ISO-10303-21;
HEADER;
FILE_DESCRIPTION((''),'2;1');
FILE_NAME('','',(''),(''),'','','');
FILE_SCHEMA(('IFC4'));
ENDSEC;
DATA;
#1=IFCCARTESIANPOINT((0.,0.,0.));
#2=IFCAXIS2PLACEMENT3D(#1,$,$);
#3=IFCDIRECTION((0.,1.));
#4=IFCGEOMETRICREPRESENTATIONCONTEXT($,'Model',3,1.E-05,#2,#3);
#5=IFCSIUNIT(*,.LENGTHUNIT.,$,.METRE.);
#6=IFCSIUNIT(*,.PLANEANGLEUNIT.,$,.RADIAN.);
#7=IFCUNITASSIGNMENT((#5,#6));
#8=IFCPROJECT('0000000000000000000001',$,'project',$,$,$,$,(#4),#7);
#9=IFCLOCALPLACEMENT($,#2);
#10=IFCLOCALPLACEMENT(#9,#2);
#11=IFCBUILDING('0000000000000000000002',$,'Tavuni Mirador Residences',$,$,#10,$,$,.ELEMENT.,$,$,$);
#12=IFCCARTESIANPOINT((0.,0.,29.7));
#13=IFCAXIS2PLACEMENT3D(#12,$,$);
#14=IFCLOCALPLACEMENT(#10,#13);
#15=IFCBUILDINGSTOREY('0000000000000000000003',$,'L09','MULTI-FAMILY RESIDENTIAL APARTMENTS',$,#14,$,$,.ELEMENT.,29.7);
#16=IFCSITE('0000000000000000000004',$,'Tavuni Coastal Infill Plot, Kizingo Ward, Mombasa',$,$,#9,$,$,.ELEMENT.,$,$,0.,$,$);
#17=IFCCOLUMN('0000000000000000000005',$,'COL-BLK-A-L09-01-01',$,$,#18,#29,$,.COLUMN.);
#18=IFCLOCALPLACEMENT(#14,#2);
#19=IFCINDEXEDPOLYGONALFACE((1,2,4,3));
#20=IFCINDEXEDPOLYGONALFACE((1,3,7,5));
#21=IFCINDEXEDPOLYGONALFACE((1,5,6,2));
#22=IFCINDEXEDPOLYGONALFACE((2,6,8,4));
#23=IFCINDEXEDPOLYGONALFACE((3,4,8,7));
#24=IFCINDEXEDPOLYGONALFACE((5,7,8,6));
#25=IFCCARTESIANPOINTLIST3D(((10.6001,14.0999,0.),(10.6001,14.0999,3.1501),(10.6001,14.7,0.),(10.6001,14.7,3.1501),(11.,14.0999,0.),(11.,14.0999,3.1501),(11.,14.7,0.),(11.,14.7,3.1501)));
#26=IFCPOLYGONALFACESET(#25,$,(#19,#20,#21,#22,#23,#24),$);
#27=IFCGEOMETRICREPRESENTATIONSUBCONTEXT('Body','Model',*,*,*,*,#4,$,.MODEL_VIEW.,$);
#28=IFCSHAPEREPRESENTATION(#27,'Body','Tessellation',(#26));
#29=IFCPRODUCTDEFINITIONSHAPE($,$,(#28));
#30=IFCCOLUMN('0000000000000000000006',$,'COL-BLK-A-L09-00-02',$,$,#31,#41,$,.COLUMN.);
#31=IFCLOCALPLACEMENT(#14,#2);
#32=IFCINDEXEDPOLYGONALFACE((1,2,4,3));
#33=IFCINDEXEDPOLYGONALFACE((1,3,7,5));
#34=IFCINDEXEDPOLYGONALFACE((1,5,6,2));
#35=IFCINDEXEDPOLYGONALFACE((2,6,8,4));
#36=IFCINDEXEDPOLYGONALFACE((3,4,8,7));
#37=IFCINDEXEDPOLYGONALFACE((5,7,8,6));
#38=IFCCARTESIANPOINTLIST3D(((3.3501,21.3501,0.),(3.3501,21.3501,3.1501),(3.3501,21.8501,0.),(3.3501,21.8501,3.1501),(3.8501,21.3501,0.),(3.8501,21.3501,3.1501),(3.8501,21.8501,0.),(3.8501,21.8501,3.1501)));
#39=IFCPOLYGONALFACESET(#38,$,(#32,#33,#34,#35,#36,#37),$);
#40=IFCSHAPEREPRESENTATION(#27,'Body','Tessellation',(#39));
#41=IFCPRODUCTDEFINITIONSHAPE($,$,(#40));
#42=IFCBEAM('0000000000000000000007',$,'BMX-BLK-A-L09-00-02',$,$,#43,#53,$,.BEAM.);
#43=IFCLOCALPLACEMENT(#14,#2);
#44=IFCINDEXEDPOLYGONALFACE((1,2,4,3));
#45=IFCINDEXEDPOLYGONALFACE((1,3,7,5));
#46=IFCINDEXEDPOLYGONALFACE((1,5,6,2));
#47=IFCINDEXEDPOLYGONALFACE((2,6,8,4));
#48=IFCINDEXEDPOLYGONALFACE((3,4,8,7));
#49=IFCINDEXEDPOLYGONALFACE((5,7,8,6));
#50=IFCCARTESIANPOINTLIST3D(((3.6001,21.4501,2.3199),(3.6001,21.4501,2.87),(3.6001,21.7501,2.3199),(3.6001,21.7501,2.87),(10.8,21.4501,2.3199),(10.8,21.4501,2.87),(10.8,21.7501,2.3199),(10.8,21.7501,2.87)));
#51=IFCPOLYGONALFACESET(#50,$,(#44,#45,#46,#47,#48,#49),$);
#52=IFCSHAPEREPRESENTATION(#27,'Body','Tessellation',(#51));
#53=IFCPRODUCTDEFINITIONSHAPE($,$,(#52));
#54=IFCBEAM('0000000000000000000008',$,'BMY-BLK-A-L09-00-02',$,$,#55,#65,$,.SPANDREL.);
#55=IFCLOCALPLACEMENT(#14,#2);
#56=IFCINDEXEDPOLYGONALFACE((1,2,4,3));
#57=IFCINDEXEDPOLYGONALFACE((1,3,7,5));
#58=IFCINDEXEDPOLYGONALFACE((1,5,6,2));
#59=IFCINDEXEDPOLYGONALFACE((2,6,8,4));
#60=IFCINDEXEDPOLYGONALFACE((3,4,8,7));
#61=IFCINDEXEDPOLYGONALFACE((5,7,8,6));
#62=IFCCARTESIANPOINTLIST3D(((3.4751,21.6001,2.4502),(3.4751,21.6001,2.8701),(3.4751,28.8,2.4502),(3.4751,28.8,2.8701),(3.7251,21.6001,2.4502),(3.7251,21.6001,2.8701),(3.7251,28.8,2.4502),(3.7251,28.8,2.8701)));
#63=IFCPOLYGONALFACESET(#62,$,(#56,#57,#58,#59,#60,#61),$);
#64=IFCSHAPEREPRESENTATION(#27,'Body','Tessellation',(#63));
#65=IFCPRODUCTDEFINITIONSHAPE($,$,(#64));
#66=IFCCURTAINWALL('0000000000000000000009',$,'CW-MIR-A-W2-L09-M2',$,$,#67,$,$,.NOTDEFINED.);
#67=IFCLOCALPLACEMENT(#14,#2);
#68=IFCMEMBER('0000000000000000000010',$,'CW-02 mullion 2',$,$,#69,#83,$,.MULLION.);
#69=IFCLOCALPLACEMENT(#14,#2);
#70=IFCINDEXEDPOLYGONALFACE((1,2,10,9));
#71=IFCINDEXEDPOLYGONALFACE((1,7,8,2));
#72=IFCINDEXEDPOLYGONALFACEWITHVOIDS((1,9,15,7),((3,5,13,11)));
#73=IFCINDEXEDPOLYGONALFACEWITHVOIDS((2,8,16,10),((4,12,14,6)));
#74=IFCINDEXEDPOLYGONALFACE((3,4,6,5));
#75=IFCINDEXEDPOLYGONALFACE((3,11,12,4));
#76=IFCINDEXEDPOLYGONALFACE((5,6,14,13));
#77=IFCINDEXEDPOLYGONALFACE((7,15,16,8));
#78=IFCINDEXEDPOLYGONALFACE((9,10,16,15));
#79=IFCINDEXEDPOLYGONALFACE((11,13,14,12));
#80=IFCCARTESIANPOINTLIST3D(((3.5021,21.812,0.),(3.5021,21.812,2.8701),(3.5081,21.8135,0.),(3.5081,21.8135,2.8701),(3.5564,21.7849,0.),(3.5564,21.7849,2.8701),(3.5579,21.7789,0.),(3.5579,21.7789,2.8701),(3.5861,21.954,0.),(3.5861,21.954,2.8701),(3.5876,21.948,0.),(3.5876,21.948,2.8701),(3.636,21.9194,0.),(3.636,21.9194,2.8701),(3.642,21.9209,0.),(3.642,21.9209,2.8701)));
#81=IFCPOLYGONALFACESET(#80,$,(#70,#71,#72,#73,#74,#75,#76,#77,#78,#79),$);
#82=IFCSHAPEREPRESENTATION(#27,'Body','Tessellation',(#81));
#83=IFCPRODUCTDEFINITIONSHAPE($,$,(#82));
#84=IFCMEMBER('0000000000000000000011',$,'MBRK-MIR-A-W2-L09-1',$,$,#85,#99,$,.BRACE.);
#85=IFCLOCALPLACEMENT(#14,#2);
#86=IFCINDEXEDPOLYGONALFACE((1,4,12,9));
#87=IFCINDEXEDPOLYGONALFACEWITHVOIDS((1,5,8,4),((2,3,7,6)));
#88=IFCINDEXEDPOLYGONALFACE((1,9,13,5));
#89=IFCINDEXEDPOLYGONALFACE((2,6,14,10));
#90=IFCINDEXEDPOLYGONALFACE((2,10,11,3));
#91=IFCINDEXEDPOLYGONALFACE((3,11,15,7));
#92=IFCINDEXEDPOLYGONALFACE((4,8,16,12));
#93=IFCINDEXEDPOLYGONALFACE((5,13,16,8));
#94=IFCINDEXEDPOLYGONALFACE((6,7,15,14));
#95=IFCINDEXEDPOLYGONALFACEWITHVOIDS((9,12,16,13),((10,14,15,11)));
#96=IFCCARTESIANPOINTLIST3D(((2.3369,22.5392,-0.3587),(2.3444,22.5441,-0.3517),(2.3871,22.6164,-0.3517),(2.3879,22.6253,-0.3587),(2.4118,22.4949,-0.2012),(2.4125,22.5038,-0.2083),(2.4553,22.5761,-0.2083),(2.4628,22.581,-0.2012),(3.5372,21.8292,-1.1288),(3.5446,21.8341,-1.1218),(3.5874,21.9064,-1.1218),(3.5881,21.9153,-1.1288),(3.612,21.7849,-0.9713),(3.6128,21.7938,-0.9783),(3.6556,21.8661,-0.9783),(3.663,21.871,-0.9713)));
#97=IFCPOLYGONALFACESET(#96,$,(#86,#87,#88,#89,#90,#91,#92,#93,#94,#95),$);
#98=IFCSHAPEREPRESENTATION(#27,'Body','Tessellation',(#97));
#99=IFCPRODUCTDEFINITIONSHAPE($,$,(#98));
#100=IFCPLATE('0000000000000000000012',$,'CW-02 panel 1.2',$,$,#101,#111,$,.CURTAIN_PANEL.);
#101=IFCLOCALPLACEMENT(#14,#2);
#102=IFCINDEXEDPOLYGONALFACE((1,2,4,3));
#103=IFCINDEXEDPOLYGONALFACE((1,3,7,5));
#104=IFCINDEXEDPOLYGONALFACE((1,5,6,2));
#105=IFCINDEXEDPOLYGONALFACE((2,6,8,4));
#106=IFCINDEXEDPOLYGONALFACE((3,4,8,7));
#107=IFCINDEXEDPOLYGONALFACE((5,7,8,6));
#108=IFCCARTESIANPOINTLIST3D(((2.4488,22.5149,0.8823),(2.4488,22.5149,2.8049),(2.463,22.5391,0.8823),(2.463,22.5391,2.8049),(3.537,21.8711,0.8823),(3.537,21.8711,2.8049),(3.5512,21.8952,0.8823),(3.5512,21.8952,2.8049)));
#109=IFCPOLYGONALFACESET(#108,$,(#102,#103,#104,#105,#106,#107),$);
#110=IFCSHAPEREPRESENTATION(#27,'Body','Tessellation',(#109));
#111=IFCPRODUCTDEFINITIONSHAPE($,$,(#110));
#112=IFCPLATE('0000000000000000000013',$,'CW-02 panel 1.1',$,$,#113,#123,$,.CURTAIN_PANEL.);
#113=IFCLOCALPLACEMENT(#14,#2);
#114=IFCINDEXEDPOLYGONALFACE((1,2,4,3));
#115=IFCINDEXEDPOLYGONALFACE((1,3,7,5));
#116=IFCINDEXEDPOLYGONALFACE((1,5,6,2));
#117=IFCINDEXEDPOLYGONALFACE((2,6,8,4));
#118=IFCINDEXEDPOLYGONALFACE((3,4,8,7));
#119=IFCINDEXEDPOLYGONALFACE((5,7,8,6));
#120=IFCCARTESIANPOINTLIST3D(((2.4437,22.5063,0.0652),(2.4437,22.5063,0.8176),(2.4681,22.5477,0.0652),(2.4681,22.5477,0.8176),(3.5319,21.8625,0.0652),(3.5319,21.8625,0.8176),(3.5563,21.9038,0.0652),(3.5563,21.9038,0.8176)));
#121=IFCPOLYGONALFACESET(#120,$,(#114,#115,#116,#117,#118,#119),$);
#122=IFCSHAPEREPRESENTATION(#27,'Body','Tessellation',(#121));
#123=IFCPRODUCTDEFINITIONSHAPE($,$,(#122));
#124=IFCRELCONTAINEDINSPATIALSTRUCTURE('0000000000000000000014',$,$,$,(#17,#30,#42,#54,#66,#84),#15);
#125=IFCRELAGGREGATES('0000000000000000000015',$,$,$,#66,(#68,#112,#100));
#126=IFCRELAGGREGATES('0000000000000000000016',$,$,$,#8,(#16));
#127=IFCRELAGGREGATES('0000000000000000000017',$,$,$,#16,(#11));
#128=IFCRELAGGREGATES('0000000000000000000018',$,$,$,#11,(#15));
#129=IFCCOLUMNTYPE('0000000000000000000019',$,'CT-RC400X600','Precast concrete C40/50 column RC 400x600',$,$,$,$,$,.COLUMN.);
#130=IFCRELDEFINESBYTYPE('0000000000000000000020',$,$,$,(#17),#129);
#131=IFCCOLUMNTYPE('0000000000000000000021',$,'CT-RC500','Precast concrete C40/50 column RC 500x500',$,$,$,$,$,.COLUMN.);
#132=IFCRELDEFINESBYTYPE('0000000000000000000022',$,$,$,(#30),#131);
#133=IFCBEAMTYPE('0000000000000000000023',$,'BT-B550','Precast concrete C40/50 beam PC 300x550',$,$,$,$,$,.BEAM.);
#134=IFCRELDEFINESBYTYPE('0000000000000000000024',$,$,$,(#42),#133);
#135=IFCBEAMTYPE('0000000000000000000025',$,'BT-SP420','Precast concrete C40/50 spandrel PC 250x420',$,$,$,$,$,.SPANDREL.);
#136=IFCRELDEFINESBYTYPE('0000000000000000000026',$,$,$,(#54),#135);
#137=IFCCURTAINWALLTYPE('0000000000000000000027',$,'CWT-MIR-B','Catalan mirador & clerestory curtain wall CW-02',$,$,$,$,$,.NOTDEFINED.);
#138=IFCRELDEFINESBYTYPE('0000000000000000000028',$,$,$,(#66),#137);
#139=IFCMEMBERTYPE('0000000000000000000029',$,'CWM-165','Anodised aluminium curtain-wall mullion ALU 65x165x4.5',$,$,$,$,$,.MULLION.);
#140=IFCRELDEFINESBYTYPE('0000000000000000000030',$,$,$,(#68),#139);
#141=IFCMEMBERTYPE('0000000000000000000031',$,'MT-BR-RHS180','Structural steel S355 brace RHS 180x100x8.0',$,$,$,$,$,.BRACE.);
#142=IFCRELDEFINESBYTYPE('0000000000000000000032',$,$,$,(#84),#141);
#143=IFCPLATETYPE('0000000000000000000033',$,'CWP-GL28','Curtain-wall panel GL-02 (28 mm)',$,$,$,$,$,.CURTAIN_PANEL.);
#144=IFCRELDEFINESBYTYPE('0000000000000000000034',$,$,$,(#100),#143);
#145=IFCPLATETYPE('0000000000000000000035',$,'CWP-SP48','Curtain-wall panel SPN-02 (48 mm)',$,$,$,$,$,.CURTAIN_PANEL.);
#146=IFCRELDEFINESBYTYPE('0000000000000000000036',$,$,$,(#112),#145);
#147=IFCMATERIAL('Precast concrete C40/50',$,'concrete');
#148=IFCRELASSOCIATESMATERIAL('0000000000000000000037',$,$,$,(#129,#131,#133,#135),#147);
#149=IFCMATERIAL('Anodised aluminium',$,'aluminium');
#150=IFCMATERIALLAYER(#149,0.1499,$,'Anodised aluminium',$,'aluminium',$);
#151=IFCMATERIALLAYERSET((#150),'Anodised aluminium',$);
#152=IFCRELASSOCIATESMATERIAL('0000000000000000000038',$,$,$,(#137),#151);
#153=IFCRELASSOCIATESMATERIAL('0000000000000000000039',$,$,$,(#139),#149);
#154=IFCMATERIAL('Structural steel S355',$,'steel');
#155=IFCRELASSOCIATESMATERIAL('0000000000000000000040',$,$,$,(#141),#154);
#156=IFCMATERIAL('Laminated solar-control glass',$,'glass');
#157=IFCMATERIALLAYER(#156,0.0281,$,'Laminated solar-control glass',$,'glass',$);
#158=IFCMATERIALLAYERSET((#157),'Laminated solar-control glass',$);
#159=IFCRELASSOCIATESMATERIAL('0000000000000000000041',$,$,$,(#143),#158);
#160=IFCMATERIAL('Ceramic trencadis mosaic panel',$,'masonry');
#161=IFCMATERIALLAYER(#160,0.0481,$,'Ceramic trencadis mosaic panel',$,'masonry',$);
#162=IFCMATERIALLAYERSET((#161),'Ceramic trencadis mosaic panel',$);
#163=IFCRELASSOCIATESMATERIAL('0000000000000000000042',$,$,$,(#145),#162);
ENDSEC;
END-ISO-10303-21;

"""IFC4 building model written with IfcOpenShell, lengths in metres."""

from ifc_helpers import new_model, si_unit, direction, frame, origin, origin_2d, place, context, subcontext, project, spatial, rectangle, hollow_rectangle, extrude, material, layer, layer_set, material_profile, profile_set, type_object, element, aggregate, save


model = new_model("IFC4")

# Units and contexts
model_context = context("Model", 3, precision=1e-05, world=origin(), true_north=direction((0.0, 1.0)))
body_context = subcontext(model_context, "Body", "Model", "MODEL_VIEW")
ifc_project = project(units=[si_unit("LENGTHUNIT", "METRE"), si_unit("PLANEANGLEUNIT", "RADIAN")], contexts=[model_context])

# Site, building, storey
site_placement = place(None, origin())
site = spatial("IfcSite", under=ifc_project, at=site_placement, Name="Tavuni Coastal Infill Plot, Kizingo Ward, Mombasa", CompositionType="ELEMENT", RefElevation=0.0)
building_placement = place(site_placement, origin())
building = spatial("IfcBuilding", under=site, at=building_placement, Name="Tavuni Mirador Residences", CompositionType="ELEMENT")
storey_placement = place(building_placement, frame((0.0, 0.0, 29.7)))
storey = spatial("IfcBuildingStorey", under=building, at=storey_placement, Name="L09", Description="MULTI-FAMILY RESIDENTIAL APARTMENTS", CompositionType="ELEMENT", Elevation=29.7)

# Columns
ifc_material_1 = material(Name="Precast concrete C40/50", Category="concrete")
ifc_material_profile_1 = material_profile(ifc_material_1, rectangle(XDim=0.3999, YDim=0.6001, at=origin_2d()), Name="RC 400x600", Category="concrete")
ifc_profile_set_1 = profile_set([ifc_material_profile_1], Name="Precast concrete C40/50")
column_type_1 = type_object("IfcColumnType", Name="CT-RC400X600", Description="Precast concrete C40/50 column RC 400x600", PredefinedType="COLUMN", material=ifc_profile_set_1)
column_1_placement = place(storey_placement, frame((10.8, 14.3999, 0.0), z_axis=(0.0, 0.0, 1.0), x_axis=(1.0, 0.0, 0.0)))
element("IfcColumn", 1, at=column_1_placement, inside=storey, type_object=column_type_1, Name="COL-BLK-A-L09-01-01", PredefinedType="COLUMN", context=body_context, shape_type="SweptSolid", body=[
    extrude(rectangle(XDim=0.3999, YDim=0.6001, at=origin_2d()), origin(), (0.0, 0.0, 1.0), 3.1501),
])
ifc_material_profile_2 = material_profile(ifc_material_1, rectangle(XDim=0.5, YDim=0.5, at=origin_2d()), Name="RC 500x500", Category="concrete")
ifc_profile_set_2 = profile_set([ifc_material_profile_2], Name="Precast concrete C40/50")
column_type_2 = type_object("IfcColumnType", Name="CT-RC500", Description="Precast concrete C40/50 column RC 500x500", PredefinedType="COLUMN", material=ifc_profile_set_2)
column_2_placement = place(storey_placement, frame((3.6001, 21.6001, 0.0), z_axis=(0.0, 0.0, 1.0), x_axis=(1.0, 0.0, 0.0)))
element("IfcColumn", 2, at=column_2_placement, inside=storey, type_object=column_type_2, Name="COL-BLK-A-L09-00-02", PredefinedType="COLUMN", context=body_context, shape_type="SweptSolid", body=[
    extrude(rectangle(XDim=0.5, YDim=0.5, at=origin_2d()), origin(), (0.0, 0.0, 1.0), 3.1501),
])

# Beams
ifc_material_profile_3 = material_profile(ifc_material_1, rectangle(XDim=0.3, YDim=0.55, at=origin_2d()), Name="PC 300x550", Category="concrete")
ifc_profile_set_3 = profile_set([ifc_material_profile_3], Name="Precast concrete C40/50")
beam_type_1 = type_object("IfcBeamType", Name="BT-B550", Description="Precast concrete C40/50 beam PC 300x550", PredefinedType="BEAM", material=ifc_profile_set_3)
beam_1_placement = place(storey_placement, frame((3.6001, 21.6001, 2.595), z_axis=(1.0, 0.0, 0.0), x_axis=(0.0, 1.0, 0.0)))
element("IfcBeam", 3, at=beam_1_placement, inside=storey, type_object=beam_type_1, Name="BMX-BLK-A-L09-00-02", PredefinedType="BEAM", context=body_context, shape_type="SweptSolid", body=[
    extrude(rectangle(XDim=0.3, YDim=0.55, at=origin_2d()), origin(), (0.0, 0.0, 1.0), 7.2),
])
ifc_material_profile_4 = material_profile(ifc_material_1, rectangle(XDim=0.25, YDim=0.4199, at=origin_2d()), Name="PC 250x420", Category="concrete")
ifc_profile_set_4 = profile_set([ifc_material_profile_4], Name="Precast concrete C40/50")
beam_type_2 = type_object("IfcBeamType", Name="BT-SP420", Description="Precast concrete C40/50 spandrel PC 250x420", PredefinedType="SPANDREL", material=ifc_profile_set_4)
beam_2_placement = place(storey_placement, frame((3.6001, 21.6001, 2.6602), z_axis=(0.0, 1.0, 0.0), x_axis=(-1.0, 0.0, 0.0)))
element("IfcBeam", 4, at=beam_2_placement, inside=storey, type_object=beam_type_2, Name="BMY-BLK-A-L09-00-02", PredefinedType="SPANDREL", context=body_context, shape_type="SweptSolid", body=[
    extrude(rectangle(XDim=0.25, YDim=0.4199, at=origin_2d()), origin(), (0.0, 0.0, 1.0), 7.2),
])

# Curtain wall, member
ifc_material_2 = material(Name="Anodised aluminium", Category="aluminium")
ifc_layer_1 = layer(ifc_material_2, 0.1499, Name="Anodised aluminium", Category="aluminium")
ifc_layer_set_1 = layer_set([ifc_layer_1], Name="Anodised aluminium")
curtain_wall_type = type_object("IfcCurtainWallType", Name="CWT-MIR-B", Description="Catalan mirador & clerestory curtain wall CW-02", PredefinedType="NOTDEFINED", material=ifc_layer_set_1)
curtain_wall_placement = place(storey_placement, origin())
curtain_wall = element("IfcCurtainWall", 5, at=curtain_wall_placement, inside=storey, type_object=curtain_wall_type, Name="CW-MIR-A-W2-L09-M2", PredefinedType="NOTDEFINED")
ifc_material_profile_5 = material_profile(ifc_material_2, hollow_rectangle(XDim=0.0649, YDim=0.165, WallThickness=0.0044, at=origin_2d()), Name="ALU 65x165x4.5", Category="aluminium")
ifc_profile_set_5 = profile_set([ifc_material_profile_5], Name="Anodised aluminium")
member_type_1 = type_object("IfcMemberType", Name="CWM-165", Description="Anodised aluminium curtain-wall mullion ALU 65x165x4.5", PredefinedType="MULLION", material=ifc_profile_set_5)
member_1_placement = place(storey_placement, frame((3.572, 21.8665, 0.0), z_axis=(0.0, 0.0, 1.0), x_axis=(0.860641, -0.509212, 0.0)))
member_1 = element("IfcMember", 6, at=member_1_placement, type_object=member_type_1, Name="CW-02 mullion 2", PredefinedType="MULLION", context=body_context, shape_type="SweptSolid", body=[
    extrude(hollow_rectangle(XDim=0.0649, YDim=0.165, WallThickness=0.0044, at=origin_2d()), origin(), (0.0, 0.0, 1.0), 2.8701),
])

# Member
ifc_material_3 = material(Name="Structural steel S355", Category="steel")
ifc_material_profile_6 = material_profile(ifc_material_3, hollow_rectangle(XDim=0.1001, YDim=0.1799, WallThickness=0.0081, at=origin_2d()), Name="RHS 180x100x8.0", Category="steel")
ifc_profile_set_6 = profile_set([ifc_material_profile_6], Name="Structural steel S355")
member_type_2 = type_object("IfcMemberType", Name="MT-BR-RHS180", Description="Structural steel S355 brace RHS 180x100x8.0", PredefinedType="BRACE", material=ifc_profile_set_6)
member_2_placement = place(storey_placement, frame((3.6001, 21.8501, -1.05), z_axis=(-0.753449, 0.445693, 0.483397), x_axis=(-0.50913, -0.860689, 0.0)))
element("IfcMember", 7, at=member_2_placement, inside=storey, type_object=member_type_2, Name="MBRK-MIR-A-W2-L09-1", PredefinedType="BRACE", context=body_context, shape_type="SweptSolid", body=[
    extrude(hollow_rectangle(XDim=0.1001, YDim=0.1799, WallThickness=0.0081, at=origin_2d()), origin(), (0.0, 0.0, 1.0), 1.593),
])

# Plates
ifc_material_4 = material(Name="Laminated solar-control glass", Category="glass")
ifc_layer_2 = layer(ifc_material_4, 0.0281, Name="Laminated solar-control glass", Category="glass")
ifc_layer_set_2 = layer_set([ifc_layer_2], Name="Laminated solar-control glass")
plate_type_1 = type_object("IfcPlateType", Name="CWP-GL28", Description="Curtain-wall panel GL-02 (28 mm)", PredefinedType="CURTAIN_PANEL", material=ifc_layer_set_2)
plate_1_placement = place(storey_placement, frame((3.0, 22.2051, 0.8823), z_axis=(0.0, 0.0, 1.0), x_axis=(0.860641, -0.509212, 0.0)))
plate_1 = element("IfcPlate", 8, at=plate_1_placement, type_object=plate_type_1, Name="CW-02 panel 1.2", PredefinedType="CURTAIN_PANEL", context=body_context, shape_type="SweptSolid", body=[
    extrude(rectangle(XDim=1.2644, YDim=0.0281, at=origin_2d()), origin(), (0.0, 0.0, 1.0), 1.9226),
])
ifc_material_5 = material(Name="Ceramic trencadis mosaic panel", Category="masonry")
ifc_layer_3 = layer(ifc_material_5, 0.0481, Name="Ceramic trencadis mosaic panel", Category="masonry")
ifc_layer_set_3 = layer_set([ifc_layer_3], Name="Ceramic trencadis mosaic panel")
plate_type_2 = type_object("IfcPlateType", Name="CWP-SP48", Description="Curtain-wall panel SPN-02 (48 mm)", PredefinedType="CURTAIN_PANEL", material=ifc_layer_set_3)
plate_2_placement = place(storey_placement, frame((3.0, 22.2051, 0.0652), z_axis=(0.0, 0.0, 1.0), x_axis=(0.860641, -0.509212, 0.0)))
plate_2 = element("IfcPlate", 9, at=plate_2_placement, type_object=plate_type_2, Name="CW-02 panel 1.1", PredefinedType="CURTAIN_PANEL", context=body_context, shape_type="SweptSolid", body=[
    extrude(rectangle(XDim=1.2644, YDim=0.0481, at=origin_2d()), origin(), (0.0, 0.0, 1.0), 0.7524),
])
aggregate(curtain_wall, [member_1, plate_2, plate_1])

save(model, "model.ifc")
